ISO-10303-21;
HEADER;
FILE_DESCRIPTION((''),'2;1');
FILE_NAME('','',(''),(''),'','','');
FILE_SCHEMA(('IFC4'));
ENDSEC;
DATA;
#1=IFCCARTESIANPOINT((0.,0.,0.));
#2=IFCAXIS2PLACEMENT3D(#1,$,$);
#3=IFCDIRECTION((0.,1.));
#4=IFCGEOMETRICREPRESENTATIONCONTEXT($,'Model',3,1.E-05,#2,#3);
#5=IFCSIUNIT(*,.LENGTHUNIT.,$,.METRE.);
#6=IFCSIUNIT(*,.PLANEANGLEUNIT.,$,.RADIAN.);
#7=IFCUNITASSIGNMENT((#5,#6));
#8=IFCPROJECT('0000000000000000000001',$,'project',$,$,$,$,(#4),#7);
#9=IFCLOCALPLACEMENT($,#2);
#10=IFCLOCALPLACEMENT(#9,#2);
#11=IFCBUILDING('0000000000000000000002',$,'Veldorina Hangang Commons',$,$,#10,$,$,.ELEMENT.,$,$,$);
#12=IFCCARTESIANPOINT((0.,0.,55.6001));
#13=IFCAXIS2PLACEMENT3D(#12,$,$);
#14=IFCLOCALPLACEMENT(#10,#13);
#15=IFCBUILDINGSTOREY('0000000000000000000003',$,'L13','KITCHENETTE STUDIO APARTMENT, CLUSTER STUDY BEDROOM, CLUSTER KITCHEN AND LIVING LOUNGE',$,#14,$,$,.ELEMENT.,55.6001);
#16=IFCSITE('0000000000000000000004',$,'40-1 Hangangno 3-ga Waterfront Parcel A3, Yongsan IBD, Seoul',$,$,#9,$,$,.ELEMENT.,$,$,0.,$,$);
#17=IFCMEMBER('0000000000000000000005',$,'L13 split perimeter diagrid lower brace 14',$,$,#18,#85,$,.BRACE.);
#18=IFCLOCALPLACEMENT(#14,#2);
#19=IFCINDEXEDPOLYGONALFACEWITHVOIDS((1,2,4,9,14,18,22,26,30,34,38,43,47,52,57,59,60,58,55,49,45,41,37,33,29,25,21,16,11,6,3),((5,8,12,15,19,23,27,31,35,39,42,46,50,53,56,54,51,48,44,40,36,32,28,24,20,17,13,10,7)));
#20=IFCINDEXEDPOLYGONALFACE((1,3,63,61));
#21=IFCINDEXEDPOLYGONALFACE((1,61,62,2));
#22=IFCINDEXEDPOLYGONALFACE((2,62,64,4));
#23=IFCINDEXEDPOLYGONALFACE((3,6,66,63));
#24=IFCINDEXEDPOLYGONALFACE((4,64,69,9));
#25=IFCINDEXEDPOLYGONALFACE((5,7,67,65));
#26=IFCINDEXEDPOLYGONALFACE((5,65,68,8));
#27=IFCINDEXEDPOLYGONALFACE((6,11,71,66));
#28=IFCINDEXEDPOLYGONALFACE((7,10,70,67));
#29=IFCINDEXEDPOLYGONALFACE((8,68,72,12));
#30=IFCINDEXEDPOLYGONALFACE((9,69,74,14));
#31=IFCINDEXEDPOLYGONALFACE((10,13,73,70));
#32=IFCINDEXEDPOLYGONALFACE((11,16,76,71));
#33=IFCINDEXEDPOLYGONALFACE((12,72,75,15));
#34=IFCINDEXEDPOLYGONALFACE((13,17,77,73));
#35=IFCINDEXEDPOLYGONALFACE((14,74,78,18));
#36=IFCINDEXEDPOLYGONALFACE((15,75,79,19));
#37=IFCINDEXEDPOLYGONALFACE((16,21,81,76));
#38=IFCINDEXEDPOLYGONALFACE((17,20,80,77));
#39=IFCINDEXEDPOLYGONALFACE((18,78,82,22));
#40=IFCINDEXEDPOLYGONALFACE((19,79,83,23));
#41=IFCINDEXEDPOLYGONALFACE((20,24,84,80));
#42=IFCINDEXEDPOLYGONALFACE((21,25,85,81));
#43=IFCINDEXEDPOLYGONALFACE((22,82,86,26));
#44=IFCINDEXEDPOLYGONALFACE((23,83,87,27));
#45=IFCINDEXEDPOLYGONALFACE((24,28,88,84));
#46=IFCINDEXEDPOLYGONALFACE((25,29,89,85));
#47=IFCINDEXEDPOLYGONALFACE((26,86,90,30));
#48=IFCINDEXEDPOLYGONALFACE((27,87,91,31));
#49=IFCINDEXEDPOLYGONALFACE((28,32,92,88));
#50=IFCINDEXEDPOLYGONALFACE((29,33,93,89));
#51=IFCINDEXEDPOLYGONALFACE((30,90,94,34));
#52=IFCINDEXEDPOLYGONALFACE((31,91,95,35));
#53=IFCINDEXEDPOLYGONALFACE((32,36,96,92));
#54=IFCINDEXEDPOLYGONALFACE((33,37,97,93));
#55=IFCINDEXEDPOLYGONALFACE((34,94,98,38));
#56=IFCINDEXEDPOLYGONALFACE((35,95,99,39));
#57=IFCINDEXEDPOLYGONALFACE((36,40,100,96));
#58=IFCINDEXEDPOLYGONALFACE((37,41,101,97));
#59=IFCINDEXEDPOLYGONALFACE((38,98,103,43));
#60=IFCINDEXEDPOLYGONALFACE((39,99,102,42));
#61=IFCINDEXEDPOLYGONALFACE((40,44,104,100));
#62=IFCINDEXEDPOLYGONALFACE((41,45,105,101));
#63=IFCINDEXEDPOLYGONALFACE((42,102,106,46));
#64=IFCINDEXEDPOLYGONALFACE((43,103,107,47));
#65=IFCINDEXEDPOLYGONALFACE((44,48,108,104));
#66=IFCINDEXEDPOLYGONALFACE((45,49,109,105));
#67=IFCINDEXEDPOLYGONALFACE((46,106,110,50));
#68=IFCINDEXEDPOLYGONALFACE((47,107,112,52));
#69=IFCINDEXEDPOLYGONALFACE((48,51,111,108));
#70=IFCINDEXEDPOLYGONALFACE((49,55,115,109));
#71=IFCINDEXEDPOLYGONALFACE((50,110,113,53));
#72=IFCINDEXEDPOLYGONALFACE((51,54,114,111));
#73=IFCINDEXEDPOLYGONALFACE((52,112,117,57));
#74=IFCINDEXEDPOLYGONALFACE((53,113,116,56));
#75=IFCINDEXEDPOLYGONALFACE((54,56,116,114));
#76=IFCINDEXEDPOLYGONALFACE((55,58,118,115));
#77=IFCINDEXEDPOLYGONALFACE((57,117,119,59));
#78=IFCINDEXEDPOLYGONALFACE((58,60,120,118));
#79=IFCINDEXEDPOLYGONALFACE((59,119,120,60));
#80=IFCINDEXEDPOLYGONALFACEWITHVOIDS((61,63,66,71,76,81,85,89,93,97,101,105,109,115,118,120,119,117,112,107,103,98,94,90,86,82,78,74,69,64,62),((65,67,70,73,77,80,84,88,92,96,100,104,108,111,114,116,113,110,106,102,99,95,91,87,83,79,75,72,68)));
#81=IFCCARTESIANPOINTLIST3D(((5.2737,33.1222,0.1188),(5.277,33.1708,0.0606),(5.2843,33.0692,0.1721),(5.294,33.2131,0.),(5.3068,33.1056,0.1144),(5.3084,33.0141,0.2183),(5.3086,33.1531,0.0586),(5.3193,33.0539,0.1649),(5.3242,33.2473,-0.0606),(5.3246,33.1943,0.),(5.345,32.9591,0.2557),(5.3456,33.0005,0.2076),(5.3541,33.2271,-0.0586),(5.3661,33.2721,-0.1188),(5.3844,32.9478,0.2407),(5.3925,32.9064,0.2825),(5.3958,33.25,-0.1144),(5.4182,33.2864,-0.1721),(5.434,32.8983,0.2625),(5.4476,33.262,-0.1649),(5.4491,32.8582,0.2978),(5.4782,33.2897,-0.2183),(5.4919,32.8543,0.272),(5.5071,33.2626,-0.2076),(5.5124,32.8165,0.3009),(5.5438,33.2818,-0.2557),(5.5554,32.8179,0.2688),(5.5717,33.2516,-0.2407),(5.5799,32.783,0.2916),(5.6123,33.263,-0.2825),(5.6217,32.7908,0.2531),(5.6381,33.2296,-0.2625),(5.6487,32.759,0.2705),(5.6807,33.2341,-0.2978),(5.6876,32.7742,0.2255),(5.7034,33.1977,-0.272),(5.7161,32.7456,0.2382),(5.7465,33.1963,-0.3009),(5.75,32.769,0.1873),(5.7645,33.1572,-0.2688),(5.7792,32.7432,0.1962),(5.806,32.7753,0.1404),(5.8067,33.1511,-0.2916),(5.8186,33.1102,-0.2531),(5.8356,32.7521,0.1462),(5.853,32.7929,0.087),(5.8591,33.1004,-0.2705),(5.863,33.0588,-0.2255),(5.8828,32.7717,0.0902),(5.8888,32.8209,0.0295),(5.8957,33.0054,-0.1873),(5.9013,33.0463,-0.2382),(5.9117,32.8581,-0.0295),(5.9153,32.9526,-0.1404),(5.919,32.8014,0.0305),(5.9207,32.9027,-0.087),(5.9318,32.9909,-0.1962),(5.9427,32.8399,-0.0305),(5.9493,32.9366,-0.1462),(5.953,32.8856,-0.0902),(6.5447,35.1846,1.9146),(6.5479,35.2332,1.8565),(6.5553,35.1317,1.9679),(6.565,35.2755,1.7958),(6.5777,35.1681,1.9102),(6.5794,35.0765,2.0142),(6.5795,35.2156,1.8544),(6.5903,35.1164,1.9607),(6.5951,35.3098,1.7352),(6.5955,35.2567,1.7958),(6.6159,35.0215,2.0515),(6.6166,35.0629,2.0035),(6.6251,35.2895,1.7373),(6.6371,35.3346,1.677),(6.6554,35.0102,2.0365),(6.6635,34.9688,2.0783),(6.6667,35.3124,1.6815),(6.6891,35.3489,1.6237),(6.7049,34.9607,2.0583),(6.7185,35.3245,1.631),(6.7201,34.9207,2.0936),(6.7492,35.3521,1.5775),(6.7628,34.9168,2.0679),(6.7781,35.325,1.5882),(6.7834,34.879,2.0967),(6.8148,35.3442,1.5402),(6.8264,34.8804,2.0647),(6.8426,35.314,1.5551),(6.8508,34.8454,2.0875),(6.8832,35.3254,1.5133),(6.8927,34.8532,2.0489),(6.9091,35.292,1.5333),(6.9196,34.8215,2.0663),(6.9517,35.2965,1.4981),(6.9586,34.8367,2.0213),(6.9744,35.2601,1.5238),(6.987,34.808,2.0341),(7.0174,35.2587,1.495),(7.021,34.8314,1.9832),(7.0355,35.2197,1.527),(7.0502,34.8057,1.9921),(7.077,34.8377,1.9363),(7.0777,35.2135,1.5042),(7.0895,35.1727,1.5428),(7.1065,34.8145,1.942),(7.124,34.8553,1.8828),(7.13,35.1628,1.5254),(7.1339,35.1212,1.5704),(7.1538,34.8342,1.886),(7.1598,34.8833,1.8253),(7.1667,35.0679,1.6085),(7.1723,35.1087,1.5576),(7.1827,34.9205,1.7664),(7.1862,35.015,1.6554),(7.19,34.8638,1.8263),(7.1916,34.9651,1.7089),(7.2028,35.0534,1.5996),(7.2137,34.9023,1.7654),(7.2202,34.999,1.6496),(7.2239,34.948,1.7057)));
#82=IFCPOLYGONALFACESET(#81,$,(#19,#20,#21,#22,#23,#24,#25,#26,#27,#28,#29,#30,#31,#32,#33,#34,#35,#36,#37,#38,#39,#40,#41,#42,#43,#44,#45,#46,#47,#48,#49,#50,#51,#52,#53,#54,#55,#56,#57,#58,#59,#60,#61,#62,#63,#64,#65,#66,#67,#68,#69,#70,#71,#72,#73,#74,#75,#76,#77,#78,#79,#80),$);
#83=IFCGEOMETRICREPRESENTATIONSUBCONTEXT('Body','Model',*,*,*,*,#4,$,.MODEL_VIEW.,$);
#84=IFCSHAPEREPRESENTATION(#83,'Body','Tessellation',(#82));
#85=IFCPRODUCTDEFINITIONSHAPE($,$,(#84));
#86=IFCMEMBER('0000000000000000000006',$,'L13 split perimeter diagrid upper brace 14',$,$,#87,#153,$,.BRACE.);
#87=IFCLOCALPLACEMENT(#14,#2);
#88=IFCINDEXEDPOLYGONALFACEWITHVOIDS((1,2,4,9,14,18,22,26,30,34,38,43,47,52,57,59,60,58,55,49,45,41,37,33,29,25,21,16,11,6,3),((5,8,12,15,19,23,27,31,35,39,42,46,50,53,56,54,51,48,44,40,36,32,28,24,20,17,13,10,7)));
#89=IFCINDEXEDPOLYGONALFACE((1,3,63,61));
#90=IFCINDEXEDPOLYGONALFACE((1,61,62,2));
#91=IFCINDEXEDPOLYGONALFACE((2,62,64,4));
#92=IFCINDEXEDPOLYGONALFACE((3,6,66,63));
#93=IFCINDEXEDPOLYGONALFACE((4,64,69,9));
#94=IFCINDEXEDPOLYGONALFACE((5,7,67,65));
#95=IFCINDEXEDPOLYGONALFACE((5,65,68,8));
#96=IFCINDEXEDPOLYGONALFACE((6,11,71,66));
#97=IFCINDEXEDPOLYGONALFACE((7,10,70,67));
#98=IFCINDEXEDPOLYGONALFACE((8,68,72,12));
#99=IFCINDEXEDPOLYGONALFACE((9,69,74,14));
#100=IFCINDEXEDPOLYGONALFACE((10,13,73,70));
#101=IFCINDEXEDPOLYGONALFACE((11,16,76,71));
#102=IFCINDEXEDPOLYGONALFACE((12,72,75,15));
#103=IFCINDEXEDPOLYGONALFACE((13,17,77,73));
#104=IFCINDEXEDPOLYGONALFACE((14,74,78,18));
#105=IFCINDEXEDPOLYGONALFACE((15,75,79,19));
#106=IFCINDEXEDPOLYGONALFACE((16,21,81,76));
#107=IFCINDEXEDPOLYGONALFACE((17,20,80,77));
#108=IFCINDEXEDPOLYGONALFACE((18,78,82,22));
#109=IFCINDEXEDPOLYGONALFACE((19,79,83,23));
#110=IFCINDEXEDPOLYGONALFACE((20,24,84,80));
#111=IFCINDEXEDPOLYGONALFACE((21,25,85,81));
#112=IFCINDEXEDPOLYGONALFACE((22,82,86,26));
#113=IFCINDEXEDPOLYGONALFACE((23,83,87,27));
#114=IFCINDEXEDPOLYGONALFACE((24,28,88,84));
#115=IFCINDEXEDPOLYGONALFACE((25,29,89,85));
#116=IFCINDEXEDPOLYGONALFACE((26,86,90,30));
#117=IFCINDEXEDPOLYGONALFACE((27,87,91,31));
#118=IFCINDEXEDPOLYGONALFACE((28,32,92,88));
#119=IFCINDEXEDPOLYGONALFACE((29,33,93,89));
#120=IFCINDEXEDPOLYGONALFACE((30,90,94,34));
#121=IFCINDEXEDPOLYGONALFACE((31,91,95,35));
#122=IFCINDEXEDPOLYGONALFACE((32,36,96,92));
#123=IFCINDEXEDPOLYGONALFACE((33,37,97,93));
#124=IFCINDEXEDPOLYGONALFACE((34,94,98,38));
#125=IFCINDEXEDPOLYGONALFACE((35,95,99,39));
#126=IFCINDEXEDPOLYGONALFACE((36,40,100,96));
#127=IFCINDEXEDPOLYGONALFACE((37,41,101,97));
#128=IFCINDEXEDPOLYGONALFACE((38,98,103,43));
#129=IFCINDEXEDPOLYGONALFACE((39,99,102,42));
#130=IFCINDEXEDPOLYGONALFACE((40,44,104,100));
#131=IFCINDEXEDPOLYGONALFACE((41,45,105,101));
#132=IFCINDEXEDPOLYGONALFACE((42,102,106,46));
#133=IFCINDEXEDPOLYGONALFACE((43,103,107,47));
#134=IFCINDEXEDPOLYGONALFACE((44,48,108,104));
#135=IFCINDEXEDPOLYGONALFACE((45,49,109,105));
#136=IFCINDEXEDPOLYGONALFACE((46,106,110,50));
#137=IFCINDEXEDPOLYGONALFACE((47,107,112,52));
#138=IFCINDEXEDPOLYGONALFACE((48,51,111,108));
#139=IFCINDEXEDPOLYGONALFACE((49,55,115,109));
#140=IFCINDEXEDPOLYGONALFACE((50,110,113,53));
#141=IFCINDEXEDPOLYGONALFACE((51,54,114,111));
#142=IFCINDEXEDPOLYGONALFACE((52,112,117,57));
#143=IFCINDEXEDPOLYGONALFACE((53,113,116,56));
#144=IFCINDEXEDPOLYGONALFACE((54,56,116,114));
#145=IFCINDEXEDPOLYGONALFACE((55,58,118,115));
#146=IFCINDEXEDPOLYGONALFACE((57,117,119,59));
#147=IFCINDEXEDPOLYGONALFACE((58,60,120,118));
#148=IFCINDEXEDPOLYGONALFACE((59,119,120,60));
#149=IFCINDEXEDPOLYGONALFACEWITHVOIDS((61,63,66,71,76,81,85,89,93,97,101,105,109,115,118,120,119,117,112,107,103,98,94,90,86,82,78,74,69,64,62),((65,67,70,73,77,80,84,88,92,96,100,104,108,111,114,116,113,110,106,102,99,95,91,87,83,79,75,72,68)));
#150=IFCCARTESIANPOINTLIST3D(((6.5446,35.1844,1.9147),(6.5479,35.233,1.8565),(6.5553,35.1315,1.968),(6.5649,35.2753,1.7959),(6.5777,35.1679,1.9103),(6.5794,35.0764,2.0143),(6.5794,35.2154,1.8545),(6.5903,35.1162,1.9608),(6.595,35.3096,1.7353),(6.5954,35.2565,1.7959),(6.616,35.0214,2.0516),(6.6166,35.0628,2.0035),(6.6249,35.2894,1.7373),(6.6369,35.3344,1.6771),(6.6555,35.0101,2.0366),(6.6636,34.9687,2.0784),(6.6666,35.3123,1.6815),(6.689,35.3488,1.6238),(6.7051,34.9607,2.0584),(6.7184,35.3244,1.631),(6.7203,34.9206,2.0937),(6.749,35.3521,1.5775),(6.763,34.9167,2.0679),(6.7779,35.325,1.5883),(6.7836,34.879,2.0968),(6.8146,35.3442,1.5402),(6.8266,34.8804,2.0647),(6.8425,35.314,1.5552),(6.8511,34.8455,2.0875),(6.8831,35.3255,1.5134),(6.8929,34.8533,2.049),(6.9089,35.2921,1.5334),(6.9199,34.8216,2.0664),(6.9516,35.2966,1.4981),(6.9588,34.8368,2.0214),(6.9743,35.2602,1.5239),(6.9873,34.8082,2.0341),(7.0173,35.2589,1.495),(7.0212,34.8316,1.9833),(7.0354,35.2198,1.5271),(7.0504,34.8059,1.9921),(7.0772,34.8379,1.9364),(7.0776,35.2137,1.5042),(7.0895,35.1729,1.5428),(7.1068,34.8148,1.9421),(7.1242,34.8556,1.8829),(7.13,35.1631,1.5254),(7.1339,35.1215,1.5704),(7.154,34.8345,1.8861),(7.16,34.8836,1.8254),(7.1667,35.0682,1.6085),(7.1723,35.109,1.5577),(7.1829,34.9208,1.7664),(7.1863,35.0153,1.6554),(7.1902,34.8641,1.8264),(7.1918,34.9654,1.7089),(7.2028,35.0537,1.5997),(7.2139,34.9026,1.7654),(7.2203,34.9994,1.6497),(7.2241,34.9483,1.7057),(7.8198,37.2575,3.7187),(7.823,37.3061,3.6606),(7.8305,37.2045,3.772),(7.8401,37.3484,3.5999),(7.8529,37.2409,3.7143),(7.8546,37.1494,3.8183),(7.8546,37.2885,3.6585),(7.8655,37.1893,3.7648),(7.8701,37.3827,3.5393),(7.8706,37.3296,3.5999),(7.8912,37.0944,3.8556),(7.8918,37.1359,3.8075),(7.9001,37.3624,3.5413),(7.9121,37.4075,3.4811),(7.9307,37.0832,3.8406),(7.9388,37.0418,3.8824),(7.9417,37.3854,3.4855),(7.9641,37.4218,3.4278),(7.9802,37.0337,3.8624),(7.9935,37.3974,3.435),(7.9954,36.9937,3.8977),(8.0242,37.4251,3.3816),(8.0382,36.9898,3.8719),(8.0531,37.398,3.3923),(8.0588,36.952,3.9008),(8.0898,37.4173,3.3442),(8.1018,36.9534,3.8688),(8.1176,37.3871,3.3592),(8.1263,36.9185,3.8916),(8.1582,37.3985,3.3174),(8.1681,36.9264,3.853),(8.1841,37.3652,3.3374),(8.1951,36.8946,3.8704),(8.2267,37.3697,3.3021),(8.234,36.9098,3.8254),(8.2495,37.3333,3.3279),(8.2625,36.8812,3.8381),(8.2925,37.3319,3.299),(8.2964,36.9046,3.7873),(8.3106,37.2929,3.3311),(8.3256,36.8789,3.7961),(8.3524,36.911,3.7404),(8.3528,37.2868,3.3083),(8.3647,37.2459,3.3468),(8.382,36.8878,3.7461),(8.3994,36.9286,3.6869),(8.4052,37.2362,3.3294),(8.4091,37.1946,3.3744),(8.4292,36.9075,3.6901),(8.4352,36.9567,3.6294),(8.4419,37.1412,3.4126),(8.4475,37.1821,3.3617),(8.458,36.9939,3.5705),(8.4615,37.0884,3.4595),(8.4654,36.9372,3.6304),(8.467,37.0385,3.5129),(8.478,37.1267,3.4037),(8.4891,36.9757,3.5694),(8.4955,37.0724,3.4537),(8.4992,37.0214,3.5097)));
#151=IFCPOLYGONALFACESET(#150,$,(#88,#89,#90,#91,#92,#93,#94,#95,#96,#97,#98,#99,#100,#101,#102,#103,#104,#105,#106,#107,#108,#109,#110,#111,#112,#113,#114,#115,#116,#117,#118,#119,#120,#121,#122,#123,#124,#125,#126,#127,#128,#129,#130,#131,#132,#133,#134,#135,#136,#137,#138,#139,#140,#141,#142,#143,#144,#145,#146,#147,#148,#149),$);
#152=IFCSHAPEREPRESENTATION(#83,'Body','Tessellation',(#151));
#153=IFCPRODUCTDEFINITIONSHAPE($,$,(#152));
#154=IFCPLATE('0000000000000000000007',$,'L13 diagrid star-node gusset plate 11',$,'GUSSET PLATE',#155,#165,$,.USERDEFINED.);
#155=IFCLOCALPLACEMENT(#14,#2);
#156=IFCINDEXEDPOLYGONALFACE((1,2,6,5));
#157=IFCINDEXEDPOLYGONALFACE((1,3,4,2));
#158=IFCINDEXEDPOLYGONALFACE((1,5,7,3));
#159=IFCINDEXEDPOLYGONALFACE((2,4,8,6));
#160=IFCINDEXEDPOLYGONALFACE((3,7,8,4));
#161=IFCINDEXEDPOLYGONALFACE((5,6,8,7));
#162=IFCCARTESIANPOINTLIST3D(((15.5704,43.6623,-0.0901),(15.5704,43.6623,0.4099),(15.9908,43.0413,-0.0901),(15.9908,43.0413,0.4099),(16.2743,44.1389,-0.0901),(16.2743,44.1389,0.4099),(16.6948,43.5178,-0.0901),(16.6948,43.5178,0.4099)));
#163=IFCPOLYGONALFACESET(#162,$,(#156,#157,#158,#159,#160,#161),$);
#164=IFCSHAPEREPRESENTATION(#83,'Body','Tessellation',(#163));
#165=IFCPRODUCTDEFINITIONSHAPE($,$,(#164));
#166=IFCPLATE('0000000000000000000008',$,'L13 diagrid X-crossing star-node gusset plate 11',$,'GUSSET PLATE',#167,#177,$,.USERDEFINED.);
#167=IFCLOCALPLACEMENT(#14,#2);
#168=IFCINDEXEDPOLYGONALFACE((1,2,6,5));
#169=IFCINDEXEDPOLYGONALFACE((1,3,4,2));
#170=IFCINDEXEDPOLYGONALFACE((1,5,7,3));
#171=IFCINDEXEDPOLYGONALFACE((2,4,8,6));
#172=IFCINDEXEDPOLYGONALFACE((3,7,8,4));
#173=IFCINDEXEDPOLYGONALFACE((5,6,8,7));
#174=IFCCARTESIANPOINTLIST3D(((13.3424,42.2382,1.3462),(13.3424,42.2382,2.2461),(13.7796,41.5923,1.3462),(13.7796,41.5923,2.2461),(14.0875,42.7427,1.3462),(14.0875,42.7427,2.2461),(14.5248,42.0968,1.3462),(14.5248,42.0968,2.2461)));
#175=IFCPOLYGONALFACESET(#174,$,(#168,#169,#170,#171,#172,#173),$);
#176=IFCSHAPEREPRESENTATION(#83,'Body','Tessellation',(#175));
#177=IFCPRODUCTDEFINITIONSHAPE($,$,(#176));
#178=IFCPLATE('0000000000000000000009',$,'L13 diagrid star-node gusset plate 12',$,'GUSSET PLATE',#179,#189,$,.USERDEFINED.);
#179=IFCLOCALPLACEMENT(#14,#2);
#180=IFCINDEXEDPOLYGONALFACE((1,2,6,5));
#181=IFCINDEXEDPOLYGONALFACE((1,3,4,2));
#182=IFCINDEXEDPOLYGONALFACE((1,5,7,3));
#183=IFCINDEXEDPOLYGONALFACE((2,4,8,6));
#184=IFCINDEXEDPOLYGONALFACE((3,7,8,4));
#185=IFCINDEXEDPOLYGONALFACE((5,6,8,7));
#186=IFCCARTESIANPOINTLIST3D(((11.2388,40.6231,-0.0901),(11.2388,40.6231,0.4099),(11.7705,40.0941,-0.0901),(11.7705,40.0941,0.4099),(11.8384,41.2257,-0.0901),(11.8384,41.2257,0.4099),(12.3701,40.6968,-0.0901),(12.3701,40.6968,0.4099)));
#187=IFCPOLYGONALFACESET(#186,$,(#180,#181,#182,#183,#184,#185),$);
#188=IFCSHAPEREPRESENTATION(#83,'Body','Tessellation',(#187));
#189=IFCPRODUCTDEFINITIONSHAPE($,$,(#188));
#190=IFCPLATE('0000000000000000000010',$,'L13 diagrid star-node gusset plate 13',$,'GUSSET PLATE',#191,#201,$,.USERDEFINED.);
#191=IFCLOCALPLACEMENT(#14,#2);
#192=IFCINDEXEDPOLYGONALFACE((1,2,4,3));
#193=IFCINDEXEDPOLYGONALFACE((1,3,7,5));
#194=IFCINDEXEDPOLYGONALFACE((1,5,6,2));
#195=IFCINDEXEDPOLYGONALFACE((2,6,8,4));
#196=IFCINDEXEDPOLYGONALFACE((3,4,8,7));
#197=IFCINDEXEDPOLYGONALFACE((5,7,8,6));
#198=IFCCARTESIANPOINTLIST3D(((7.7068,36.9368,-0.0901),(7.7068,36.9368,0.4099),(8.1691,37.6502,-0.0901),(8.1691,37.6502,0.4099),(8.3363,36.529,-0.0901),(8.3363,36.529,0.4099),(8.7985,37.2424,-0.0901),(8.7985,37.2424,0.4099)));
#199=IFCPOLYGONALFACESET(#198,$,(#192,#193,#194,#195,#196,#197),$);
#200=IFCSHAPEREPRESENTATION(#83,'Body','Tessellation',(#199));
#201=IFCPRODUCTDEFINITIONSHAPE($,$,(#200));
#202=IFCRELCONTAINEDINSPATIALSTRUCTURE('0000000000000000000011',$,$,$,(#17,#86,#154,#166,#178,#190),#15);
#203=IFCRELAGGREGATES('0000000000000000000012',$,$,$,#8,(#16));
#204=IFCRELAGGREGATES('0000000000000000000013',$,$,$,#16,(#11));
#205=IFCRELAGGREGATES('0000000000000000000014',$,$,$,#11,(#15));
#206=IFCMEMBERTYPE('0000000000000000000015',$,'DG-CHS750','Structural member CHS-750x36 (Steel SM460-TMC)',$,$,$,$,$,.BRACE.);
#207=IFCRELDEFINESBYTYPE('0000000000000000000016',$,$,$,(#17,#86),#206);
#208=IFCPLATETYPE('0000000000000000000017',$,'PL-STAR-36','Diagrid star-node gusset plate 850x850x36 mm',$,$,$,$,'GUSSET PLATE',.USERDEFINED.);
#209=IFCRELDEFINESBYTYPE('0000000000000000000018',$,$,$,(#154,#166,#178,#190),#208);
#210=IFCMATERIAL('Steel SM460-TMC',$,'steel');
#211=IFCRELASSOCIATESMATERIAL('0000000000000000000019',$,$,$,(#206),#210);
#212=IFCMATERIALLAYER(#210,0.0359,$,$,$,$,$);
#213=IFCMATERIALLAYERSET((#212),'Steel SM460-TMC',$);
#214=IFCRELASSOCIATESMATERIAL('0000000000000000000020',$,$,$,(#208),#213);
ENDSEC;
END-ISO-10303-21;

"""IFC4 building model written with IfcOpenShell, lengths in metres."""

from ifc_helpers import new_model, si_unit, direction, frame, origin, origin_2d, place, context, subcontext, project, spatial, rectangle, hollow_circle, extrude, material, layer, layer_set, material_profile, profile_set, type_object, element, save


model = new_model("IFC4")

# Units and contexts
model_context = context("Model", 3, precision=1e-05, world=origin(), true_north=direction((0.0, 1.0)))
body_context = subcontext(model_context, "Body", "Model", "MODEL_VIEW")
ifc_project = project(units=[si_unit("LENGTHUNIT", "METRE"), si_unit("PLANEANGLEUNIT", "RADIAN")], contexts=[model_context])

# Site, building, storey
site_placement = place(None, origin())
site = spatial("IfcSite", under=ifc_project, at=site_placement, Name="40-1 Hangangno 3-ga Waterfront Parcel A3, Yongsan IBD, Seoul", CompositionType="ELEMENT", RefElevation=0.0)
building_placement = place(site_placement, origin())
building = spatial("IfcBuilding", under=site, at=building_placement, Name="Veldorina Hangang Commons", CompositionType="ELEMENT")
storey_placement = place(building_placement, frame((0.0, 0.0, 55.6001)))
storey = spatial("IfcBuildingStorey", under=building, at=storey_placement, Name="L13", Description="KITCHENETTE STUDIO APARTMENT, CLUSTER STUDY BEDROOM, CLUSTER KITCHEN AND LIVING LOUNGE", CompositionType="ELEMENT", Elevation=55.6001)

# Shared definitions
ifc_material_1 = material(Name="Steel SM460-TMC", Category="steel")

# Members
ifc_material_profile_1 = material_profile(ifc_material_1, hollow_circle(Radius=0.375, WallThickness=0.0359, at=origin_2d()), Name="CHS-750x36")
ifc_profile_set_1 = profile_set([ifc_material_profile_1], Name="Steel SM460-TMC")
member_type = type_object("IfcMemberType", Name="DG-CHS750", Description="Structural member CHS-750x36 (Steel SM460-TMC)", PredefinedType="BRACE", material=ifc_profile_set_1)
member_1_placement = place(storey_placement, frame((5.6133, 33.0164, 0.0), z_axis=(0.421456, 0.683915, 0.595512), x_axis=(-0.851333, 0.524626, 0.0)))
element("IfcMember", 1, at=member_1_placement, inside=storey, type_object=member_type, Name="L13 split perimeter diagrid lower brace 14", PredefinedType="BRACE", context=body_context, shape_type="SweptSolid", body=[
    extrude(hollow_circle(Radius=0.375, WallThickness=0.0359, at=origin_2d()), origin(), (0.0, 0.0, 1.0), 3.0156),
])
member_2_placement = place(storey_placement, frame((6.8843, 35.0789, 1.7959), z_axis=(0.420917, 0.684282, 0.595473), x_axis=(-0.851758, 0.523935, 0.0)))
element("IfcMember", 2, at=member_2_placement, inside=storey, type_object=member_type, Name="L13 split perimeter diagrid upper brace 14", PredefinedType="BRACE", context=body_context, shape_type="SweptSolid", body=[
    extrude(hollow_circle(Radius=0.375, WallThickness=0.0359, at=origin_2d()), origin(), (0.0, 0.0, 1.0), 3.0295),
])

# Plates
ifc_layer_1 = layer(ifc_material_1, 0.0359)
ifc_layer_set_1 = layer_set([ifc_layer_1], Name="Steel SM460-TMC")
plate_type = type_object("IfcPlateType", Name="PL-STAR-36", Description="Diagrid star-node gusset plate 850x850x36 mm", ElementType="GUSSET PLATE", PredefinedType="USERDEFINED", material=ifc_layer_set_1)
plate_1_placement = place(storey_placement, frame((16.1326, 43.5901, -0.0901), z_axis=(0.0, 0.0, 1.0), x_axis=(-0.82808, -0.56061, 0.0)))
element("IfcPlate", 3, at=plate_1_placement, inside=storey, type_object=plate_type, Name="L13 diagrid star-node gusset plate 11", ObjectType="GUSSET PLATE", PredefinedType="USERDEFINED", context=body_context, shape_type="SweptSolid", body=[
    extrude(rectangle(XDim=0.8501, YDim=0.75, at=origin_2d()), origin(), (0.0, 0.0, 1.0), 0.5),
])
plate_2_placement = place(storey_placement, frame((13.9336, 42.1675, 1.3462), z_axis=(0.0, 0.0, 1.0), x_axis=(-0.82808, -0.56061, 0.0)))
element("IfcPlate", 4, at=plate_2_placement, inside=storey, type_object=plate_type, Name="L13 diagrid X-crossing star-node gusset plate 11", ObjectType="GUSSET PLATE", PredefinedType="USERDEFINED", context=body_context, shape_type="SweptSolid", body=[
    extrude(rectangle(XDim=0.8999, YDim=0.78, at=origin_2d()), origin(), (0.0, 0.0, 1.0), 0.8999),
])
for number, where, z_axis, x_axis, name in (
    (5, (11.8044, 40.6599, -0.0901), (0.0, 0.0, 1.0), (-0.705278, -0.708931, 0.0), "L13 diagrid star-node gusset plate 12"),
    (6, (8.2527, 37.0896, -0.0901), (0.0, 0.0, 1.0), (-0.54376, -0.83924, 0.0), "L13 diagrid star-node gusset plate 13"),
):
    element("IfcPlate", number, at=place(storey_placement, frame(where, z_axis=z_axis, x_axis=x_axis)), inside=storey, type_object=plate_type, Name=name, ObjectType="GUSSET PLATE", PredefinedType="USERDEFINED", context=body_context, shape_type="SweptSolid", body=[
        extrude(rectangle(XDim=0.8501, YDim=0.75, at=origin_2d()), origin(), (0.0, 0.0, 1.0), 0.5),
    ])

save(model, "model.ifc")
